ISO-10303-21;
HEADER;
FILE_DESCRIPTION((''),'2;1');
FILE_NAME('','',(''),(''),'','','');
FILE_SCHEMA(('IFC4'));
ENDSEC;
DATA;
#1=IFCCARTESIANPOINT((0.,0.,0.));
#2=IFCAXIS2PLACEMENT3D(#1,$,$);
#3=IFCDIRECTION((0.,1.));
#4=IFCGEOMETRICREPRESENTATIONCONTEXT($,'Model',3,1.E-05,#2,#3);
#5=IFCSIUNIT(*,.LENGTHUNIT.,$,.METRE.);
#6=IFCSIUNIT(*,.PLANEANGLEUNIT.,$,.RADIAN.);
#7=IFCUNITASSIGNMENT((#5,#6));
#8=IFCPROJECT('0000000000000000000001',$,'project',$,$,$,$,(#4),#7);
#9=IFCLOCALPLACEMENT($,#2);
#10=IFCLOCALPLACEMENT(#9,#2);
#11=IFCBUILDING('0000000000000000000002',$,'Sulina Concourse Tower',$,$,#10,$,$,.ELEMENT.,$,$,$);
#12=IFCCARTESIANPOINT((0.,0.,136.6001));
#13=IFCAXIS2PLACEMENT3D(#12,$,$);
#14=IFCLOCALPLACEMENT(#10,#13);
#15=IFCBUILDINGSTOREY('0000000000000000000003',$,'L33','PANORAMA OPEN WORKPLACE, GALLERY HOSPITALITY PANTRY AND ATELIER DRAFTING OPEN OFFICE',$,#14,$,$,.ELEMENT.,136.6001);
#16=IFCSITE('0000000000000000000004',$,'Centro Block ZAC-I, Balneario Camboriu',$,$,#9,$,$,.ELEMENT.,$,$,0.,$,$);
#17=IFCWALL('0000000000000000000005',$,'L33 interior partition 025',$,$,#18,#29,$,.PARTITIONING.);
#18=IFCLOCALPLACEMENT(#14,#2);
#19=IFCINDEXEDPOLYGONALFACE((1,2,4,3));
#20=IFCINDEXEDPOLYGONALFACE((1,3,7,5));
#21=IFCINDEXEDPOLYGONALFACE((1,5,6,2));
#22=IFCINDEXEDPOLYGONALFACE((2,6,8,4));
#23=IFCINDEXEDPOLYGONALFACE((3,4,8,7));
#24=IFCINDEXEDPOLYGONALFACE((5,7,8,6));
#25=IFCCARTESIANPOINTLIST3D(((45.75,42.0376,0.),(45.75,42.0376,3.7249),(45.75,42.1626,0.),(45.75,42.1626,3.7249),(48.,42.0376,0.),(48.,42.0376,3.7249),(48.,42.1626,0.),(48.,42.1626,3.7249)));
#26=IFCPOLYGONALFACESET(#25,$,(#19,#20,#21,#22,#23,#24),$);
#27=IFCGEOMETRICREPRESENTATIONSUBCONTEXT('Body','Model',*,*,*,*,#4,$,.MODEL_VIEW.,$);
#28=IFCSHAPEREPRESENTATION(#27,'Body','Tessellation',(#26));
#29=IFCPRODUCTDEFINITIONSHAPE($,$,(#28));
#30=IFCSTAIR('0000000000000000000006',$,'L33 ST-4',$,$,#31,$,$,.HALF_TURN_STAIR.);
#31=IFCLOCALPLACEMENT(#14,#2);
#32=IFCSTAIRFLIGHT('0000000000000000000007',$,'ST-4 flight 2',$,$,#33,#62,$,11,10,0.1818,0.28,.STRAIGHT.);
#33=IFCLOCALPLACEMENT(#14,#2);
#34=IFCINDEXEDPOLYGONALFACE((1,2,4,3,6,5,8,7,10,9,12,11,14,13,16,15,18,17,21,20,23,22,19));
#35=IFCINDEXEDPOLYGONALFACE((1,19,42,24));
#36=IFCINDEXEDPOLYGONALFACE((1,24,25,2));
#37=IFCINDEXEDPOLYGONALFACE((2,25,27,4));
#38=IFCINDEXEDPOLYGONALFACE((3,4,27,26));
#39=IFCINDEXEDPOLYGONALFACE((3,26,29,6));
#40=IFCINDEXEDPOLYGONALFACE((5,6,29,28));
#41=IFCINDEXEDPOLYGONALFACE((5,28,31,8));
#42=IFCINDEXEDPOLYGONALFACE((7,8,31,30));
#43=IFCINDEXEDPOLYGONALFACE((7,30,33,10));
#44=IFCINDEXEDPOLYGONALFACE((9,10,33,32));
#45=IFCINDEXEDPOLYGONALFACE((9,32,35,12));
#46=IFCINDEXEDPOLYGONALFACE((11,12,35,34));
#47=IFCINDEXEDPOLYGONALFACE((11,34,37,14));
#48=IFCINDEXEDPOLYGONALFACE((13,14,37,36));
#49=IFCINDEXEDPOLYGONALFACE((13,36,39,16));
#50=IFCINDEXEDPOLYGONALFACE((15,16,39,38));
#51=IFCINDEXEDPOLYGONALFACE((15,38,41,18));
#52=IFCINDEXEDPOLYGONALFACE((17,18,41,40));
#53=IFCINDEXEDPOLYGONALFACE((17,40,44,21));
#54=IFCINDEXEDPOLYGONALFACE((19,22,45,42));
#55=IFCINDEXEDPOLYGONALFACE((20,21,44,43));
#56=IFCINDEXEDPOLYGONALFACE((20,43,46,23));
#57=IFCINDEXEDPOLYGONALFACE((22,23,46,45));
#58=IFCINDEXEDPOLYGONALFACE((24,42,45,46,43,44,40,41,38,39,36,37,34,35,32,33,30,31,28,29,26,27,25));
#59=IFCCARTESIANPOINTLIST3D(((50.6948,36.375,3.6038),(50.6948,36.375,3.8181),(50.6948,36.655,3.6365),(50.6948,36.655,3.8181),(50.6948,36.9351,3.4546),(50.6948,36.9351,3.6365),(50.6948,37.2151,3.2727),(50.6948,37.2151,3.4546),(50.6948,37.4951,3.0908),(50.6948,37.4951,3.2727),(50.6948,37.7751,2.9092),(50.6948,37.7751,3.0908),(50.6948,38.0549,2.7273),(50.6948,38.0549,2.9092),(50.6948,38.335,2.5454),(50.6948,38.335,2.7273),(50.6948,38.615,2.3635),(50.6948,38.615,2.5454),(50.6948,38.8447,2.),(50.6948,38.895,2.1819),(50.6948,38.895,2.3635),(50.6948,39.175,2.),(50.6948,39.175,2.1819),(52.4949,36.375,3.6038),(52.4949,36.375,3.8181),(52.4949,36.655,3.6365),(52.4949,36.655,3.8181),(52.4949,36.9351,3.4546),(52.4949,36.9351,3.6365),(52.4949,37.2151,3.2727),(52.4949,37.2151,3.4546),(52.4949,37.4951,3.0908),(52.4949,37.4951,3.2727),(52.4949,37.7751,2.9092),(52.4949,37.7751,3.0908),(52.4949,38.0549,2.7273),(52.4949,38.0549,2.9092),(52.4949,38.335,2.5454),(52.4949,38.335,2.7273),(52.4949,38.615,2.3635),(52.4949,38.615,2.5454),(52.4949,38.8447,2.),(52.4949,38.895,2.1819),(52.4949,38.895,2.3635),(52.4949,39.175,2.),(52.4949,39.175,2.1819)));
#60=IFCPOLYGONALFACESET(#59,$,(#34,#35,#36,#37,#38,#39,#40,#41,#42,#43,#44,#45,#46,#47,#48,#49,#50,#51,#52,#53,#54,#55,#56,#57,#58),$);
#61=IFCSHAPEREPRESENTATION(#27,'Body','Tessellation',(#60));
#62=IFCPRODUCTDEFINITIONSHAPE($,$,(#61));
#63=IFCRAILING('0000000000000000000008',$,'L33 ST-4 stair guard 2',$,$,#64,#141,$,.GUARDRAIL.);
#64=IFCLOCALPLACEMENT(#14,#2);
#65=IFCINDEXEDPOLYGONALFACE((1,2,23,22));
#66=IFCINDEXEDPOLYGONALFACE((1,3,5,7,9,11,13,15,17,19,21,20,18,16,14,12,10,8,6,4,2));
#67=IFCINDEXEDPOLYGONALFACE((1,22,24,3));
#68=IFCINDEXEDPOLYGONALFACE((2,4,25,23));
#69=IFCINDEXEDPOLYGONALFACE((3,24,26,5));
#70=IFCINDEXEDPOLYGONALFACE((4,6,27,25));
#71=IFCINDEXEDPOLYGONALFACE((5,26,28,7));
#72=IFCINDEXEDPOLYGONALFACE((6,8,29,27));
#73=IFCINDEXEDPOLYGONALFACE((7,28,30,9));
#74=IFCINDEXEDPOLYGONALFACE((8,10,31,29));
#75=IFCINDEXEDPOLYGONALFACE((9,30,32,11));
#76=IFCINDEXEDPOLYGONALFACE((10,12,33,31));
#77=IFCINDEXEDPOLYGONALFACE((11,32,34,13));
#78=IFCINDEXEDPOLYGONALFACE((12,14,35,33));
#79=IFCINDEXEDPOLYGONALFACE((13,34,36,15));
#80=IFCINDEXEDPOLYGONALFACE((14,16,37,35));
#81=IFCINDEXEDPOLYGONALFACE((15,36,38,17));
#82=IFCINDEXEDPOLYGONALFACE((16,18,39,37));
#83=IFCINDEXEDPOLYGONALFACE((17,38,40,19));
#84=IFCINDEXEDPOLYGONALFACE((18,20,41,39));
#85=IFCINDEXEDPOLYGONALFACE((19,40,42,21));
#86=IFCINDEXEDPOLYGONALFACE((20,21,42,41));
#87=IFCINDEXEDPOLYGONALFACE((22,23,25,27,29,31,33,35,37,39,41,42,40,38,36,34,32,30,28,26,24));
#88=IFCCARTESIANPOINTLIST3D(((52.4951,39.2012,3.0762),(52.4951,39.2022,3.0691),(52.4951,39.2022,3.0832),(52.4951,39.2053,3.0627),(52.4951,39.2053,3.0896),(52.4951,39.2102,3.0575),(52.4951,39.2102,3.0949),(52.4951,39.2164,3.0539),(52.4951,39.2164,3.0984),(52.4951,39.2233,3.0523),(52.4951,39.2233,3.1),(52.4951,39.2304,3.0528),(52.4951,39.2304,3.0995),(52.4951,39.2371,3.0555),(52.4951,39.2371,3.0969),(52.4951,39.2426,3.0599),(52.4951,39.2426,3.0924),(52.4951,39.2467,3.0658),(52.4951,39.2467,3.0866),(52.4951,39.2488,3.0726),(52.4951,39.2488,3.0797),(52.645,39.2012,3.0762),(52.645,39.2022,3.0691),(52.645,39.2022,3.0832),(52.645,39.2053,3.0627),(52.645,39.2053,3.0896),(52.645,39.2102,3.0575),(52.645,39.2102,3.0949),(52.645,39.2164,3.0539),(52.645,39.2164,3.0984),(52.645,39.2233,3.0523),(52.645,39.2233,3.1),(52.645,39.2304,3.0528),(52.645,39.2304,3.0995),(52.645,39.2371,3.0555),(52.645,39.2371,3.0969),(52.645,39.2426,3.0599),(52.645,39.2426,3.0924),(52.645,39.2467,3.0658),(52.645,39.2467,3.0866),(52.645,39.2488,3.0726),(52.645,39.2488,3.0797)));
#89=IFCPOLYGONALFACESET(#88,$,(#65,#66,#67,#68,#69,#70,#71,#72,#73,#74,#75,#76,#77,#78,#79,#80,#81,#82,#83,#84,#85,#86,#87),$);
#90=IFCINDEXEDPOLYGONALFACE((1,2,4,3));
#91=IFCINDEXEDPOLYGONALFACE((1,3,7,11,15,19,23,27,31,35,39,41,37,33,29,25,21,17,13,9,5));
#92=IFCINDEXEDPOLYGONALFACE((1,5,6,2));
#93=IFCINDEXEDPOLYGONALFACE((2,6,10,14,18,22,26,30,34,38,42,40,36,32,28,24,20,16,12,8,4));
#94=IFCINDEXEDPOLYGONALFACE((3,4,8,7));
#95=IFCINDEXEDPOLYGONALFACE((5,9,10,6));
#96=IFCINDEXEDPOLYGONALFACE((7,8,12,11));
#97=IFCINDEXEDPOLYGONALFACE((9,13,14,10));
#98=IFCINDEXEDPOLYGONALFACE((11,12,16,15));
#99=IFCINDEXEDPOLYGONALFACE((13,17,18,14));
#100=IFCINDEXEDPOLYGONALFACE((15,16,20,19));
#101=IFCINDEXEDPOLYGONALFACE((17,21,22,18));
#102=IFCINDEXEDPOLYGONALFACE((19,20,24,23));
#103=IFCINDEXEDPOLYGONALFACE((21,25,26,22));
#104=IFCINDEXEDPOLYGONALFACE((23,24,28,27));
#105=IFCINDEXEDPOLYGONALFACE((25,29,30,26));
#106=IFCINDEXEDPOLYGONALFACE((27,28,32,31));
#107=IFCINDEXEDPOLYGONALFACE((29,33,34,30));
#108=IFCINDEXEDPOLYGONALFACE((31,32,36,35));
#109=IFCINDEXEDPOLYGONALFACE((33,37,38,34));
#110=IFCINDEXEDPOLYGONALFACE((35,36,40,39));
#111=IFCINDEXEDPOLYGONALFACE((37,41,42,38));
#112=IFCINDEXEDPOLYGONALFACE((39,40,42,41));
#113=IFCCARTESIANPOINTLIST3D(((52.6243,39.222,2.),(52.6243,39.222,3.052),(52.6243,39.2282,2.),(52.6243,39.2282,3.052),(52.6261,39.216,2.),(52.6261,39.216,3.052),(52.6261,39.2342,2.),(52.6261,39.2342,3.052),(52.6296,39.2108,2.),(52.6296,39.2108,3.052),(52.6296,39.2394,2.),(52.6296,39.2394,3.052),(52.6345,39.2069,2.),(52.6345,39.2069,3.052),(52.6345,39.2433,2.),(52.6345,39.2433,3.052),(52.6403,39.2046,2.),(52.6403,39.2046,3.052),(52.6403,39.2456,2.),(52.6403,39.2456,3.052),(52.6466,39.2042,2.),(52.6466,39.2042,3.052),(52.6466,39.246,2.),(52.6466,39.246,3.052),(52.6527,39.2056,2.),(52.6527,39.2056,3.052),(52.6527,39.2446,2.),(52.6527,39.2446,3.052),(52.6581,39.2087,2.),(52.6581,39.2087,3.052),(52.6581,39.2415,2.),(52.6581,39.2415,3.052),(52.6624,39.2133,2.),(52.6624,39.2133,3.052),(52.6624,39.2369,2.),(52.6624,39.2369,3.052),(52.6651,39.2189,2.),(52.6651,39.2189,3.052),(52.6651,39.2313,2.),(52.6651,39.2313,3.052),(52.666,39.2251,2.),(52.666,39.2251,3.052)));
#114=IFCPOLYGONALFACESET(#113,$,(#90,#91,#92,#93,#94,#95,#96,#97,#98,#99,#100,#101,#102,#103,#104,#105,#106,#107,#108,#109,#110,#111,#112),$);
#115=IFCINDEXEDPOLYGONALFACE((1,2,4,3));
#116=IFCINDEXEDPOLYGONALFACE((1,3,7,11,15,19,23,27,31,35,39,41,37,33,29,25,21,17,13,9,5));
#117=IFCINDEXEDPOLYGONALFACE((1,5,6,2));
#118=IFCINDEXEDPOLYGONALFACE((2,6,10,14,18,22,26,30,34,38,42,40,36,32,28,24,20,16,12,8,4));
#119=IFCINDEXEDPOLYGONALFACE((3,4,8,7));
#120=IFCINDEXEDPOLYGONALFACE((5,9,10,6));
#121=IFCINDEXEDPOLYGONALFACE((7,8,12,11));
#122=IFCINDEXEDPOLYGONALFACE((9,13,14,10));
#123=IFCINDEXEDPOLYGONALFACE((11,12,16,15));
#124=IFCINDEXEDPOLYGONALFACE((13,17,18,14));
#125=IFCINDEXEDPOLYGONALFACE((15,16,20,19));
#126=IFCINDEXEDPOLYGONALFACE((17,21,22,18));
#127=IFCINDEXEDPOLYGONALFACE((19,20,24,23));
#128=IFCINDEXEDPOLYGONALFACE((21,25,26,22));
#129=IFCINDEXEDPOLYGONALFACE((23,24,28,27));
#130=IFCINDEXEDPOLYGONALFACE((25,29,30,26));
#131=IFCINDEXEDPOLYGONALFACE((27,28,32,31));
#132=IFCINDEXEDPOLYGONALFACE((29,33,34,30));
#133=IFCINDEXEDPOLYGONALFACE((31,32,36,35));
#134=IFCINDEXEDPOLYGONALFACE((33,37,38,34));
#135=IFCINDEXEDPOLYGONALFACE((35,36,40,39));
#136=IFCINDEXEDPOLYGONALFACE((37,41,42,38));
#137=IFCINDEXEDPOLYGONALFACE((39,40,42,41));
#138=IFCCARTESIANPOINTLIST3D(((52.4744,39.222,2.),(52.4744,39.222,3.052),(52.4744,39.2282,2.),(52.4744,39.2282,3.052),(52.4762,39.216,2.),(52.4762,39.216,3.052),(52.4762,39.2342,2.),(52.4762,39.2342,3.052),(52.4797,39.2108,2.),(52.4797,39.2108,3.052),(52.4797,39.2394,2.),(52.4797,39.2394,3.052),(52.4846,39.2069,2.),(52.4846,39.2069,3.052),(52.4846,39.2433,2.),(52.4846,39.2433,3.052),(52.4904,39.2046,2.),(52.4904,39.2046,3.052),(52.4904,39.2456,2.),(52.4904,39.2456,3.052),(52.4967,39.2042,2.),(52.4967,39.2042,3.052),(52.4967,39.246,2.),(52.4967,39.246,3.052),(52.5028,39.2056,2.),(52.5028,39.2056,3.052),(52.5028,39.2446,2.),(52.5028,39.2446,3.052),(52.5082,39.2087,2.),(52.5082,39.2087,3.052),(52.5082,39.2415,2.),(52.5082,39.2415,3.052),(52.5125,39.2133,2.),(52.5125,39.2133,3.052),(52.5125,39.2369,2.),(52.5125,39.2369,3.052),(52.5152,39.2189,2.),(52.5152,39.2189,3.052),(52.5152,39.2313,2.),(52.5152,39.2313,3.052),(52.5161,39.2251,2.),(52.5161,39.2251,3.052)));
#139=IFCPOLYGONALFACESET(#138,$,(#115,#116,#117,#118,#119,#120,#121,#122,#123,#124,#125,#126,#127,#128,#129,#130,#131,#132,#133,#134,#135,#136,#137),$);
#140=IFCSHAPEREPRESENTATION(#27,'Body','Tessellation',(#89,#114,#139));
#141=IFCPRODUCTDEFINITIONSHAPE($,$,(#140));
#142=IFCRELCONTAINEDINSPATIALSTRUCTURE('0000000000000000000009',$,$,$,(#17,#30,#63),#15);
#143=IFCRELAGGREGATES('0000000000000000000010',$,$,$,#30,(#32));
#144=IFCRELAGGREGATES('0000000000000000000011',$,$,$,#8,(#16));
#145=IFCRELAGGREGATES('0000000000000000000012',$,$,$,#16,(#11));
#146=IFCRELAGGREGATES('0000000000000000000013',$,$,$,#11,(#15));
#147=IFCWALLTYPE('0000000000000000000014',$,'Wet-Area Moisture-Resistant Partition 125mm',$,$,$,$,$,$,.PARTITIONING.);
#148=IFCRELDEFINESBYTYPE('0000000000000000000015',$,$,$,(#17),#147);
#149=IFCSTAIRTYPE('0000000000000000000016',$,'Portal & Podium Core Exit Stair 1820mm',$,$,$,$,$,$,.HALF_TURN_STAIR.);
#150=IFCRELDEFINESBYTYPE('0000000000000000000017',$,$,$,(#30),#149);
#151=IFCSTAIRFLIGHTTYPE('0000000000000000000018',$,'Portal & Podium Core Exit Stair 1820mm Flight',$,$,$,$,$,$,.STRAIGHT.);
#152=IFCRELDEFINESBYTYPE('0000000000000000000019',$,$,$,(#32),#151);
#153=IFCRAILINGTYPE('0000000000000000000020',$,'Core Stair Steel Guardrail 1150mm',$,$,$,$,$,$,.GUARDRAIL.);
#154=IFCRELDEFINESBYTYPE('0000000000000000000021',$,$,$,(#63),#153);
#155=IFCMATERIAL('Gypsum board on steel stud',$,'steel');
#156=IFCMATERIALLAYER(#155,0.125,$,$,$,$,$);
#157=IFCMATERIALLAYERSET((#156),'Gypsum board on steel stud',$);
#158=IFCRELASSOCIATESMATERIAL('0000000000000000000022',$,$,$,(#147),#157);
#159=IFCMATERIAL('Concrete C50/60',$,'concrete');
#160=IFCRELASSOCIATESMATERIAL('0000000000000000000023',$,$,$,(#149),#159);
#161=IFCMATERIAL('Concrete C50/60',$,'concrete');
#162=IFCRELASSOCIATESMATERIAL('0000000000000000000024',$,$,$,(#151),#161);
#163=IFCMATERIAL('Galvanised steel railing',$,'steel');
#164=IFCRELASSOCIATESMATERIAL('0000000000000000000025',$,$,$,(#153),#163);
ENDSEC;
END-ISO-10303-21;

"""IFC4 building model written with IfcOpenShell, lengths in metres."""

from ifc_helpers import new_model, si_unit, direction, frame, frame_2d, origin, origin_2d, place, context, subcontext, project, spatial, polyline, rectangle, circle, outline, extrude, material, layer, layer_set, type_object, element, aggregate, save


model = new_model("IFC4")

# Units and contexts
model_context = context("Model", 3, precision=1e-05, world=origin(), true_north=direction((0.0, 1.0)))
body_context = subcontext(model_context, "Body", "Model", "MODEL_VIEW")
ifc_project = project(units=[si_unit("LENGTHUNIT", "METRE"), si_unit("PLANEANGLEUNIT", "RADIAN")], contexts=[model_context])

# Site, building, storey
site_placement = place(None, origin())
site = spatial("IfcSite", under=ifc_project, at=site_placement, Name="Centro Block ZAC-I, Balneario Camboriu", CompositionType="ELEMENT", RefElevation=0.0)
building_placement = place(site_placement, origin())
building = spatial("IfcBuilding", under=site, at=building_placement, Name="Sulina Concourse Tower", CompositionType="ELEMENT")
storey_placement = place(building_placement, frame((0.0, 0.0, 136.6001)))
storey = spatial("IfcBuildingStorey", under=building, at=storey_placement, Name="L33", Description="PANORAMA OPEN WORKPLACE, GALLERY HOSPITALITY PANTRY AND ATELIER DRAFTING OPEN OFFICE", CompositionType="ELEMENT", Elevation=136.6001)

# Wall
ifc_material_1 = material(Name="Gypsum board on steel stud", Category="steel")
ifc_layer_1 = layer(ifc_material_1, 0.125)
ifc_layer_set_1 = layer_set([ifc_layer_1], Name="Gypsum board on steel stud")
wall_type_1 = type_object("IfcWallType", Name="Wet-Area Moisture-Resistant Partition 125mm", PredefinedType="PARTITIONING", material=ifc_layer_set_1)
wall_1_placement = place(storey_placement, frame((45.75, 42.1001, 0.0), z_axis=(0.0, 0.0, 1.0), x_axis=(1.0, 0.0, 0.0)))
element("IfcWall", 1, at=wall_1_placement, inside=storey, type_object=wall_type_1, Name="L33 interior partition 025", PredefinedType="PARTITIONING", context=body_context, shape_type="SweptSolid", body=[
    extrude(rectangle(XDim=2.25, YDim=0.125, at=frame_2d((1.125, 0.0))), origin(), (0.0, 0.0, 1.0), 3.7249),
])

# Stair, stair flight
ifc_material_2 = material(Name="Concrete C50/60", Category="concrete")
stair_type = type_object("IfcStairType", Name="Portal & Podium Core Exit Stair 1820mm", PredefinedType="HALF_TURN_STAIR", material=ifc_material_2)
stair_placement = place(storey_placement, origin())
stair = element("IfcStair", 2, at=stair_placement, inside=storey, type_object=stair_type, Name="L33 ST-4", PredefinedType="HALF_TURN_STAIR")
ifc_material_3 = material(Name="Concrete C50/60", Category="concrete")
stair_flight_type = type_object("IfcStairFlightType", Name="Portal & Podium Core Exit Stair 1820mm Flight", PredefinedType="STRAIGHT", material=ifc_material_3)
stair_flight_placement = place(storey_placement, frame((51.595, 39.175, 2.0), z_axis=(0.0, 0.0, 1.0), x_axis=(0.0, -1.0, 0.0)))
stair_flight = element("IfcStairFlight", 3, at=stair_flight_placement, type_object=stair_flight_type, Name="ST-4 flight 2", NumberOfRisers=11, NumberOfTreads=10, PredefinedType="STRAIGHT", RiserHeight=0.1818, TreadLength=0.28, context=body_context, shape_type="SweptSolid", body=[
    extrude(outline(polyline([(0.0, 0.0), (0.0, 0.1819), (0.28, 0.1819), (0.28, 0.3635), (0.5601, 0.3635), (0.5601, 0.5454), (0.8401, 0.5454), (0.8401, 0.7273), (1.1201, 0.7273), (1.1201, 0.9092), (1.3999, 0.9092), (1.3999, 1.0908), (1.6799, 1.0908), (1.6799, 1.2727), (1.96, 1.2727), (1.96, 1.4546), (2.24, 1.4546), (2.24, 1.6365), (2.52, 1.6365), (2.52, 1.8181), (2.8, 1.8181), (2.8, 2.0), (2.8, 1.6038), (0.3303, 0.0), (0.0, 0.0)])), frame((0.0, 0.8999, 0.0), z_axis=(0.0, -1.0, 0.0), x_axis=(1.0, 0.0, 0.0)), (0.0, 0.0, 1.0), 1.8),
])
aggregate(stair, [stair_flight])

# Railing
ifc_material_4 = material(Name="Galvanised steel railing", Category="steel")
railing_type_1 = type_object("IfcRailingType", Name="Core Stair Steel Guardrail 1150mm", PredefinedType="GUARDRAIL", material=ifc_material_4)
railing_1_placement = place(storey_placement, frame((52.645, 39.2251, 2.0)))
element("IfcRailing", 4, at=railing_1_placement, inside=storey, type_object=railing_type_1, Name="L33 ST-4 stair guard 2", PredefinedType="GUARDRAIL", context=body_context, shape_type="SweptSolid", body=[
    extrude(circle(Radius=0.0239, at=origin_2d()), frame((0.0, 0.0, 1.0762), z_axis=(-1.0, 0.0, 0.0), x_axis=(0.0, -1.0, 0.0)), (0.0, 0.0, 1.0), 0.1499),
    extrude(circle(Radius=0.021, at=origin_2d()), origin(), (0.0, 0.0, 1.0), 1.052),
    extrude(circle(Radius=0.021, at=origin_2d()), frame((-0.1499, 0.0, 0.0)), (0.0, 0.0, 1.0), 1.052),
])

save(model, "model.ifc")
